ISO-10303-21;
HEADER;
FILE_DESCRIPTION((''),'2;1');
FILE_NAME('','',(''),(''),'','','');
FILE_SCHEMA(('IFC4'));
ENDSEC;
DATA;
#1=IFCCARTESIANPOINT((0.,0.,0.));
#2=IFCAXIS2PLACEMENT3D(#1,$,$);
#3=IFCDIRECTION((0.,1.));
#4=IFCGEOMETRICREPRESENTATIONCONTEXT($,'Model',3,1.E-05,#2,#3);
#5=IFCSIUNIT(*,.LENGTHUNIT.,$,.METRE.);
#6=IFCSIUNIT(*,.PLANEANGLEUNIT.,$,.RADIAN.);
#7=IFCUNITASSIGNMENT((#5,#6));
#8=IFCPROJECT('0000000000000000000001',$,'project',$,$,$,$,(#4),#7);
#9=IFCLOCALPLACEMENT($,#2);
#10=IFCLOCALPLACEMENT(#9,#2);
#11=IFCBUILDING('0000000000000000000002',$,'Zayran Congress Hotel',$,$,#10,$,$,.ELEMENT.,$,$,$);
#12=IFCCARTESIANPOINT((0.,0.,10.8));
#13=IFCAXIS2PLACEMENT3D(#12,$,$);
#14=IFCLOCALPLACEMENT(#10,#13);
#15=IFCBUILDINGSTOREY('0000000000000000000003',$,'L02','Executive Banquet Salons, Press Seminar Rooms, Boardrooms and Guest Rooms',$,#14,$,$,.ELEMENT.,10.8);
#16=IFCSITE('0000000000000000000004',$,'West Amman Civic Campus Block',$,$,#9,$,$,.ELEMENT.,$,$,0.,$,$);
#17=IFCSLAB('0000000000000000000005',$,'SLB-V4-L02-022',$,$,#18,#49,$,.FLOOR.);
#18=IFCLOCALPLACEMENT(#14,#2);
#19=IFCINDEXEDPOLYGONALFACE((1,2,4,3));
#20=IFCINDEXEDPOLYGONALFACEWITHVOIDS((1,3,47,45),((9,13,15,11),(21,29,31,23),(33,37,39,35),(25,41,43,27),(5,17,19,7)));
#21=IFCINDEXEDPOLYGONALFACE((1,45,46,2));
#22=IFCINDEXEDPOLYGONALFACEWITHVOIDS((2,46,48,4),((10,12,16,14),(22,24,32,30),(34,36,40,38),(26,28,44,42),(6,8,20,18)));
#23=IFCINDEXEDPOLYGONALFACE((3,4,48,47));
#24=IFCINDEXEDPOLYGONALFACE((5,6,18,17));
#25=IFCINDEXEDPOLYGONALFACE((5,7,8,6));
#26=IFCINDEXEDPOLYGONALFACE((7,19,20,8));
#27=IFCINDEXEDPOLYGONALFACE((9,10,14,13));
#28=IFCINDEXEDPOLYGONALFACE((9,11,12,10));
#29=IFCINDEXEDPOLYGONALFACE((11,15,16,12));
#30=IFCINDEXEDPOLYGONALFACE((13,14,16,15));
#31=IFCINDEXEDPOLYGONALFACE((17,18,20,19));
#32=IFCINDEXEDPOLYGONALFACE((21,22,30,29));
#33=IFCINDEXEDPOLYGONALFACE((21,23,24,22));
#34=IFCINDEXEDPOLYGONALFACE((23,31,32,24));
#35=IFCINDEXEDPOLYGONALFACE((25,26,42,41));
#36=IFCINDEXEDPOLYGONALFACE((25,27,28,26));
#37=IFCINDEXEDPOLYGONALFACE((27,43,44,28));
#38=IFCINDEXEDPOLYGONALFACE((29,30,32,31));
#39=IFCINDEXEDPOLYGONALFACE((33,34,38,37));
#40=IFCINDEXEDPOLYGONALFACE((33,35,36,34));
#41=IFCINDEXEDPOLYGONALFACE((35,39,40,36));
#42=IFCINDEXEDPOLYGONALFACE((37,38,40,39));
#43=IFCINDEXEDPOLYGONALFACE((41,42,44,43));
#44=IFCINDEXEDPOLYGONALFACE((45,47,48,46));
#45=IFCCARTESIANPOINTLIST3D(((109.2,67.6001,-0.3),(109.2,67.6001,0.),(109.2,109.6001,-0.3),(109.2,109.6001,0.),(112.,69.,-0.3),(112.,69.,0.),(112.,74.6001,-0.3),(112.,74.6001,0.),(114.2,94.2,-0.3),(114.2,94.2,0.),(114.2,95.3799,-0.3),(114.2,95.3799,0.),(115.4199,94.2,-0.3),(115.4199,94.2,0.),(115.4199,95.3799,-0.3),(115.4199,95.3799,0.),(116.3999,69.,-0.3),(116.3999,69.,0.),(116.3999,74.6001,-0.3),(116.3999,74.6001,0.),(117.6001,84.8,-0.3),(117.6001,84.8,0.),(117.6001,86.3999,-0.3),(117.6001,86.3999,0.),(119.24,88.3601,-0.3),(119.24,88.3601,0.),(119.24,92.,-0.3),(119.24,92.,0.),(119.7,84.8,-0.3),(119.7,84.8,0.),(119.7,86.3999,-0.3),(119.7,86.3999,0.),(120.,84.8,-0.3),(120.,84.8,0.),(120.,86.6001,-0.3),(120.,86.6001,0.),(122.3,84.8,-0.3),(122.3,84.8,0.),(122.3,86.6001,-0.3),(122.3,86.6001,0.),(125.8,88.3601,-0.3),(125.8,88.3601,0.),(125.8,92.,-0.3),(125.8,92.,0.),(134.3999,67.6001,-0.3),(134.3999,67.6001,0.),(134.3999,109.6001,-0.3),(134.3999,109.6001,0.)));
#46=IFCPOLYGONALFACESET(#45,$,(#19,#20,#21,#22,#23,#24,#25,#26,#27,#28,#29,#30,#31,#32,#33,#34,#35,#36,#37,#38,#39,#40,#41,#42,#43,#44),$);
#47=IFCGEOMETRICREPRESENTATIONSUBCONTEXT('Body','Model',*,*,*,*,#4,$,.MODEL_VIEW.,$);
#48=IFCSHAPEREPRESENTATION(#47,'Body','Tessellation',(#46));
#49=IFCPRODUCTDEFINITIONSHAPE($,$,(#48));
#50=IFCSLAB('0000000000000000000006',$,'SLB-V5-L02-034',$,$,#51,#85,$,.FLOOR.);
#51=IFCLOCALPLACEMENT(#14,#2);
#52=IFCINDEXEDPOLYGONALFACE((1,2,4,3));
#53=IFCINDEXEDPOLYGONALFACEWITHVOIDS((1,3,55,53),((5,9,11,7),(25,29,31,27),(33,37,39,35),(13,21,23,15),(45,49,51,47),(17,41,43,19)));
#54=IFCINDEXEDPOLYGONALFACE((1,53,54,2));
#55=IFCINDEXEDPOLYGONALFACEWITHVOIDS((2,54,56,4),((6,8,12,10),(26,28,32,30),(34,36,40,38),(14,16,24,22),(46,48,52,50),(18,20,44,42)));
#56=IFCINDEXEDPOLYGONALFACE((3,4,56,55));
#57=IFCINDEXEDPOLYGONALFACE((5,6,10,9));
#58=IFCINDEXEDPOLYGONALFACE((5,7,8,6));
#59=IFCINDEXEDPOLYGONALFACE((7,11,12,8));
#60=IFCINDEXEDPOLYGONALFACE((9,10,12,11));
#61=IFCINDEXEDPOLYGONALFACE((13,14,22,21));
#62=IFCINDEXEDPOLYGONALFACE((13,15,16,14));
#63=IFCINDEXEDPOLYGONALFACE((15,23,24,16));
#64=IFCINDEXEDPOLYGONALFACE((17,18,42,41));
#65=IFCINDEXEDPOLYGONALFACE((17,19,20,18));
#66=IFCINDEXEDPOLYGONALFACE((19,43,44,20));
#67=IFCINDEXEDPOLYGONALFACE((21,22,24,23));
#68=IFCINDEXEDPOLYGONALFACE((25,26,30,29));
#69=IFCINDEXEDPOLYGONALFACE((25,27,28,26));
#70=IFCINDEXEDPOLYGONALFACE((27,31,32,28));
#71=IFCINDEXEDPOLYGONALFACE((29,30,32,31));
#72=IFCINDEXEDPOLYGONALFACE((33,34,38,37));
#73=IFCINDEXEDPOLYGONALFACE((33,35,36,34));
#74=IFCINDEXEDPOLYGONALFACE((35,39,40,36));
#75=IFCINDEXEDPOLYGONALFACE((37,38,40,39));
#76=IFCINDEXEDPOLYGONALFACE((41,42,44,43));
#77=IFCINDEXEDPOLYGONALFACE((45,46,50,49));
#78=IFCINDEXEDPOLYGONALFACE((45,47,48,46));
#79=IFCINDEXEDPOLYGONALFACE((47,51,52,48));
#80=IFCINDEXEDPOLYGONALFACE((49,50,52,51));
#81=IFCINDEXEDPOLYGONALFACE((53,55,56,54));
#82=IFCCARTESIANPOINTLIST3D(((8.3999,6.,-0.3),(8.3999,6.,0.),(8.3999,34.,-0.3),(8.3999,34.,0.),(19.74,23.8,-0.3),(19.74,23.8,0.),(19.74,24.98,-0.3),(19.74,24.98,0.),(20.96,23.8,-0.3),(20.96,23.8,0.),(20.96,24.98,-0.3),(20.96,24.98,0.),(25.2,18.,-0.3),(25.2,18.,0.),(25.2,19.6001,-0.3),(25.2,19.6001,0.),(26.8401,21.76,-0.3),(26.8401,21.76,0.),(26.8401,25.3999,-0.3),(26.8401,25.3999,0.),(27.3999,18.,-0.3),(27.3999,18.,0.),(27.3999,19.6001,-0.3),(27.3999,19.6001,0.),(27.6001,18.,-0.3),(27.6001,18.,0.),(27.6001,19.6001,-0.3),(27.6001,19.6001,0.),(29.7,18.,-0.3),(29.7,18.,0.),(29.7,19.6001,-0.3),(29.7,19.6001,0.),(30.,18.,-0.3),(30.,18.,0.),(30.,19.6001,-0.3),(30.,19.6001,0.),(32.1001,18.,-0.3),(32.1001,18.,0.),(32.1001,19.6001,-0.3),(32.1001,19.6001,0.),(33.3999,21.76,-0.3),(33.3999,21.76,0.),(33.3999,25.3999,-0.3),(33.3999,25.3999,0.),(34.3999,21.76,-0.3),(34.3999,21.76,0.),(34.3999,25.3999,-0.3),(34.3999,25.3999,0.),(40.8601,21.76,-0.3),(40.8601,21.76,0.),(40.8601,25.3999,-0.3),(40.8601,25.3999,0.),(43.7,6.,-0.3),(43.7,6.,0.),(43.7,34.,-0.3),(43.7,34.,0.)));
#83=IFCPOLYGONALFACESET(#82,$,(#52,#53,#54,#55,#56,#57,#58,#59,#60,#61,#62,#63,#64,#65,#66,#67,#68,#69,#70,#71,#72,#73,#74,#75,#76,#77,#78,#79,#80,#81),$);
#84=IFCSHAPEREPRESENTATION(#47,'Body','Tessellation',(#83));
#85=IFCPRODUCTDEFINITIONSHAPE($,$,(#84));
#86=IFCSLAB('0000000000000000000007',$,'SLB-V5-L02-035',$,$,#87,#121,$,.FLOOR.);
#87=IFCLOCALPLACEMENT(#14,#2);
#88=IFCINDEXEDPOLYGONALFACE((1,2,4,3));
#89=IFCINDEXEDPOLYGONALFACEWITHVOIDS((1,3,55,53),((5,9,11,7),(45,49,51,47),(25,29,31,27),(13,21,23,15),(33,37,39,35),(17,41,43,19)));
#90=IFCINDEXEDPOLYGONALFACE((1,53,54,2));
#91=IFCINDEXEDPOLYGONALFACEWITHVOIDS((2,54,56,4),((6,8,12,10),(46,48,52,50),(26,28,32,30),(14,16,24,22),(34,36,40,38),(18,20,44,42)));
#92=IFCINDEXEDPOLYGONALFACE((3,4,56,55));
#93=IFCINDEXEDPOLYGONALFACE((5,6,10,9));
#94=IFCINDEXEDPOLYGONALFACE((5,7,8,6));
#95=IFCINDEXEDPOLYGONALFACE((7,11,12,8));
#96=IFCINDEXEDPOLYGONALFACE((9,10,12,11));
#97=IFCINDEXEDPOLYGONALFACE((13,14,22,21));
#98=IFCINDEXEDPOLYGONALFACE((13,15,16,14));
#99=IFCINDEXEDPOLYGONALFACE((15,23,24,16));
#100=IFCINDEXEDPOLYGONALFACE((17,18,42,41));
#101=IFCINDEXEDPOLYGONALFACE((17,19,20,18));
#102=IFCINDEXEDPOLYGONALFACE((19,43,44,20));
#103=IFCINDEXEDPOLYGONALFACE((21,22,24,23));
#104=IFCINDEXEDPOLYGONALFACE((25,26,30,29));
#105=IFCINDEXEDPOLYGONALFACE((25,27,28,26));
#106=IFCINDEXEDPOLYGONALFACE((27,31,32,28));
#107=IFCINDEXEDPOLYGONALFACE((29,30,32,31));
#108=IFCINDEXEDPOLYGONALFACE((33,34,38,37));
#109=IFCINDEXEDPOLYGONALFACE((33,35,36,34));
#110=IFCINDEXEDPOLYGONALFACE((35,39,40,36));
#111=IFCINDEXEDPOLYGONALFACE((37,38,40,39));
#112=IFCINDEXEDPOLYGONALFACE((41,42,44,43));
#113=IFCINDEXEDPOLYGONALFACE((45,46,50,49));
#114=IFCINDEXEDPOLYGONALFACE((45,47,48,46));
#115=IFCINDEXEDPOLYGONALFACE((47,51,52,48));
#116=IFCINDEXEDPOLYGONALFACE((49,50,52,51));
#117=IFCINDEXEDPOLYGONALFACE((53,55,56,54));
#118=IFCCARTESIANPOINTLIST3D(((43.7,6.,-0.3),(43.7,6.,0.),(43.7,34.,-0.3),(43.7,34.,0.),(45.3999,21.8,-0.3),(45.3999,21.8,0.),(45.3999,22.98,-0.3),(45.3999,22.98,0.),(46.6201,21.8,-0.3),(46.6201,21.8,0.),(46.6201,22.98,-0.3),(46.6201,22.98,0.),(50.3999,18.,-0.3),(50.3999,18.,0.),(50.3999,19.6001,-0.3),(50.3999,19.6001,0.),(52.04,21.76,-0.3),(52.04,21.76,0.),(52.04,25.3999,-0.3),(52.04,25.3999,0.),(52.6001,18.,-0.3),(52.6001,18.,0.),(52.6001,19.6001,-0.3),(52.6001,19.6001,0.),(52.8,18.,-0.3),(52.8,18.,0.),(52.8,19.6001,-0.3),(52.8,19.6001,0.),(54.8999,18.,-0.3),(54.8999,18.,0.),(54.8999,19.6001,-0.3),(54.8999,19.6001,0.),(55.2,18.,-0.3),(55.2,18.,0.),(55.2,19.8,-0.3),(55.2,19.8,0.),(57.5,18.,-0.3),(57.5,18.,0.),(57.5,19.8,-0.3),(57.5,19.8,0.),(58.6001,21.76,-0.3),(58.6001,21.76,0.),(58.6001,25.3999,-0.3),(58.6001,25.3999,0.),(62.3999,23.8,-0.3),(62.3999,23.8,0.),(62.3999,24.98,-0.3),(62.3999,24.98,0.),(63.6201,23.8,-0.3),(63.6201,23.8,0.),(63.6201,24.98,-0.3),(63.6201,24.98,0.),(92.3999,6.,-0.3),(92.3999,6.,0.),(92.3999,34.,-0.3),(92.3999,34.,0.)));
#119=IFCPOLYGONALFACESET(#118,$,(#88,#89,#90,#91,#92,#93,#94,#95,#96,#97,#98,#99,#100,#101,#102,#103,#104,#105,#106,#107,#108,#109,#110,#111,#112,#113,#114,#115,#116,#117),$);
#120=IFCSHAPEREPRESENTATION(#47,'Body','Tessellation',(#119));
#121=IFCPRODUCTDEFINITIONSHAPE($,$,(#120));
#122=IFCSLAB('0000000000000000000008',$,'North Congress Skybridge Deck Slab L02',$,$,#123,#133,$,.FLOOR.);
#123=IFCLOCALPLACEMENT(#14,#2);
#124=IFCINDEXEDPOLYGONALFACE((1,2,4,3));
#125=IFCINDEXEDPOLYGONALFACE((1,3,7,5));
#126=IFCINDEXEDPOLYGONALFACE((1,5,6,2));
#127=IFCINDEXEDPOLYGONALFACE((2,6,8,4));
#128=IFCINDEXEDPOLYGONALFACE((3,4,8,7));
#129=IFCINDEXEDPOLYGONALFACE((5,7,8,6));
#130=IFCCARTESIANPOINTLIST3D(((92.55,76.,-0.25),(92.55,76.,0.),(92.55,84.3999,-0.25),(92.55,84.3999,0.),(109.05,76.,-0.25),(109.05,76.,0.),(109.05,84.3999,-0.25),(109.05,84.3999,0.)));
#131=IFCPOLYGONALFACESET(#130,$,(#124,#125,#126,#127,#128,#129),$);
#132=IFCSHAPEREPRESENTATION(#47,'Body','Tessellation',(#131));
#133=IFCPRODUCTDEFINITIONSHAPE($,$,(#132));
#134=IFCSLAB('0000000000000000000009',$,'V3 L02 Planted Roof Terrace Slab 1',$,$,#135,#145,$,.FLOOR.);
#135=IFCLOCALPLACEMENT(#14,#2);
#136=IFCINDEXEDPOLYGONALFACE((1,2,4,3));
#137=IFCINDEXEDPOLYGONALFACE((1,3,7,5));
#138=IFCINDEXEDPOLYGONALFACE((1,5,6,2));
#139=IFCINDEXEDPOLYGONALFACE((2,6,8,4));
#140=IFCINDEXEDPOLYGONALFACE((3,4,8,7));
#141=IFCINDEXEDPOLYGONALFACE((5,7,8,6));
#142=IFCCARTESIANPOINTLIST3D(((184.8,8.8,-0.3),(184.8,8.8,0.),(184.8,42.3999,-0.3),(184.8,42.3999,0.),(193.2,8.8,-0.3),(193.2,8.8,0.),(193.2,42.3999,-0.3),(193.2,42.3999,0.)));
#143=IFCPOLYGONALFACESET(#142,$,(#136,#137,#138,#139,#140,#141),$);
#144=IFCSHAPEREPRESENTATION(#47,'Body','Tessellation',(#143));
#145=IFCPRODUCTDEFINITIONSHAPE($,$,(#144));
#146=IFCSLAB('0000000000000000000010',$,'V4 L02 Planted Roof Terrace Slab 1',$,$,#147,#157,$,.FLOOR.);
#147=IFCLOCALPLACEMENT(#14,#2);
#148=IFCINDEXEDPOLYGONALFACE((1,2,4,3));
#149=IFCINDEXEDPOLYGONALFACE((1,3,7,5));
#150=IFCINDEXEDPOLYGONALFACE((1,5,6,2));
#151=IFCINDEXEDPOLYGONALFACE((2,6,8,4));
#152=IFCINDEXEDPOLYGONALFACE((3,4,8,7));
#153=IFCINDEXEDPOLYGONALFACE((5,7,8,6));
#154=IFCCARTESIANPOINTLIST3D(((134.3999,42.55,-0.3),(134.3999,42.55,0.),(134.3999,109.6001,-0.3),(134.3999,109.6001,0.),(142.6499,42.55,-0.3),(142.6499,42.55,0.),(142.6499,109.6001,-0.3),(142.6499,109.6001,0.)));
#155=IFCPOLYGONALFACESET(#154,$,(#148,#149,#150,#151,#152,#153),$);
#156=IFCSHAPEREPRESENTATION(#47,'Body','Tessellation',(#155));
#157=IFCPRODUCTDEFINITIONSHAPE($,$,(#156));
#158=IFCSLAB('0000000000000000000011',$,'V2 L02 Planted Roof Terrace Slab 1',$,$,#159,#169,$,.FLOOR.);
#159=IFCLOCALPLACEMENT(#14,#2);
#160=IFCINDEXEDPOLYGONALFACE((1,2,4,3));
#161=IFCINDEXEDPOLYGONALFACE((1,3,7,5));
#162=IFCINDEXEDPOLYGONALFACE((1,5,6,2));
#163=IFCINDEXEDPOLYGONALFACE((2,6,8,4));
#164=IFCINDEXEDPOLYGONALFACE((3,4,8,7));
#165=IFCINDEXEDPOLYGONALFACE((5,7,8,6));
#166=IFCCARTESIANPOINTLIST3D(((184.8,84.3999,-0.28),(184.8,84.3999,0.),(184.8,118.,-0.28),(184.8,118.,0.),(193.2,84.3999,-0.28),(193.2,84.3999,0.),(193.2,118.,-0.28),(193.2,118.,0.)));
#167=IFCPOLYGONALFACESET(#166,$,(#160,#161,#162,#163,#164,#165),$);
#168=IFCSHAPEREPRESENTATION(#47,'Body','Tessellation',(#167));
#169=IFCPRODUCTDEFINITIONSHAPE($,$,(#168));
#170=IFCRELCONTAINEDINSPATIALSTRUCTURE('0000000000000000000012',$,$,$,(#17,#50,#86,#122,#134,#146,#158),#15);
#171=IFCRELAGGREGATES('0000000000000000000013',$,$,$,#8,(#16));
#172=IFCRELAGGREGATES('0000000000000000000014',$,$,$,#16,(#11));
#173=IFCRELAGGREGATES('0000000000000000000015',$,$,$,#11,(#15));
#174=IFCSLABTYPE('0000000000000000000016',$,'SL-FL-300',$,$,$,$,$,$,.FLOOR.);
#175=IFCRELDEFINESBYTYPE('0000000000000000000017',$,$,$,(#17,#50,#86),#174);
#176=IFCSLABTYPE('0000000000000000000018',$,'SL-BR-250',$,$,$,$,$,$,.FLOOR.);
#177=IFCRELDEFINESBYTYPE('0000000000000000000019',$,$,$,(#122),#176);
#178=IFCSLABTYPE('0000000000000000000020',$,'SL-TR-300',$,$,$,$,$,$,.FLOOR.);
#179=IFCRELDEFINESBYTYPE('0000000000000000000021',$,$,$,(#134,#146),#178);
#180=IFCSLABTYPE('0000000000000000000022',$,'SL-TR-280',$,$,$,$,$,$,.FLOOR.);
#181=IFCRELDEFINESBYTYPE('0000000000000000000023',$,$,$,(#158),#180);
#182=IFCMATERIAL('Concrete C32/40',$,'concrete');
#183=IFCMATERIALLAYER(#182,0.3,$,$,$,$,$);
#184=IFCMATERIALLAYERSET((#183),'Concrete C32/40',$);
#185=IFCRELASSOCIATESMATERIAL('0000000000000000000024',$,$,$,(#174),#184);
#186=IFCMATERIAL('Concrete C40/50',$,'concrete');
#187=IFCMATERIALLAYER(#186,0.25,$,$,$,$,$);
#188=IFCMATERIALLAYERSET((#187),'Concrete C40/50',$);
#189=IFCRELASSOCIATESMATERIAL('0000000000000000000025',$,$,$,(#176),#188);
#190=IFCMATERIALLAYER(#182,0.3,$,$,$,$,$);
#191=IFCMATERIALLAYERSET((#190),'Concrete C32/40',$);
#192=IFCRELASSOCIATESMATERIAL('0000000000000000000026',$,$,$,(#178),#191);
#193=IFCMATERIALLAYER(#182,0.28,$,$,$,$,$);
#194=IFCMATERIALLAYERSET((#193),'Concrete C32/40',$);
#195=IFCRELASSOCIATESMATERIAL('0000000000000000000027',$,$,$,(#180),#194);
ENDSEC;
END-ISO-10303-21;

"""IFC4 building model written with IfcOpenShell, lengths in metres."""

from ifc_helpers import new_model, si_unit, direction, frame, origin, place, context, subcontext, project, spatial, polyline, outline, extrude, material, layer, layer_set, type_object, element, save


model = new_model("IFC4")

# Units and contexts
model_context = context("Model", 3, precision=1e-05, world=origin(), true_north=direction((0.0, 1.0)))
body_context = subcontext(model_context, "Body", "Model", "MODEL_VIEW")
ifc_project = project(units=[si_unit("LENGTHUNIT", "METRE"), si_unit("PLANEANGLEUNIT", "RADIAN")], contexts=[model_context])

# Site, building, storey
site_placement = place(None, origin())
site = spatial("IfcSite", under=ifc_project, at=site_placement, Name="West Amman Civic Campus Block", CompositionType="ELEMENT", RefElevation=0.0)
building_placement = place(site_placement, origin())
building = spatial("IfcBuilding", under=site, at=building_placement, Name="Zayran Congress Hotel", CompositionType="ELEMENT")
storey_placement = place(building_placement, frame((0.0, 0.0, 10.8)))
storey = spatial("IfcBuildingStorey", under=building, at=storey_placement, Name="L02", Description="Executive Banquet Salons, Press Seminar Rooms, Boardrooms and Guest Rooms", CompositionType="ELEMENT", Elevation=10.8)

# Slabs
ifc_material_1 = material(Name="Concrete C32/40", Category="concrete")
ifc_layer_1 = layer(ifc_material_1, 0.3)
ifc_layer_set_1 = layer_set([ifc_layer_1], Name="Concrete C32/40")
slab_type_1 = type_object("IfcSlabType", Name="SL-FL-300", PredefinedType="FLOOR", material=ifc_layer_set_1)
slab_1_placement = place(storey_placement, frame((0.0, 0.0, -0.3)))
element("IfcSlab", 1, at=slab_1_placement, inside=storey, type_object=slab_type_1, Name="SLB-V4-L02-022", PredefinedType="FLOOR", context=body_context, shape_type="SweptSolid", body=[
    extrude(outline(polyline([(109.2, 67.6001), (134.3999, 67.6001), (134.3999, 109.6001), (109.2, 109.6001), (109.2, 67.6001)]), holes=[polyline([(119.24, 88.3601), (125.8, 88.3601), (125.8, 92.0), (119.24, 92.0), (119.24, 88.3601)]), polyline([(117.6001, 84.8), (119.7, 84.8), (119.7, 86.3999), (117.6001, 86.3999), (117.6001, 84.8)]), polyline([(120.0, 84.8), (122.3, 84.8), (122.3, 86.6001), (120.0, 86.6001), (120.0, 84.8)]), polyline([(112.0, 69.0), (116.3999, 69.0), (116.3999, 74.6001), (112.0, 74.6001), (112.0, 69.0)]), polyline([(114.2, 94.2), (115.4199, 94.2), (115.4199, 95.3799), (114.2, 95.3799), (114.2, 94.2)])]), origin(), (0.0, 0.0, 1.0), 0.3),
])
slab_2_placement = place(storey_placement, frame((0.0, 0.0, -0.3)))
element("IfcSlab", 2, at=slab_2_placement, inside=storey, type_object=slab_type_1, Name="SLB-V5-L02-034", PredefinedType="FLOOR", context=body_context, shape_type="SweptSolid", body=[
    extrude(outline(polyline([(8.3999, 6.0), (43.7, 6.0), (43.7, 34.0), (8.3999, 34.0), (8.3999, 6.0)]), holes=[polyline([(26.8401, 21.76), (33.3999, 21.76), (33.3999, 25.3999), (26.8401, 25.3999), (26.8401, 21.76)]), polyline([(25.2, 18.0), (27.3999, 18.0), (27.3999, 19.6001), (25.2, 19.6001), (25.2, 18.0)]), polyline([(27.6001, 18.0), (29.7, 18.0), (29.7, 19.6001), (27.6001, 19.6001), (27.6001, 18.0)]), polyline([(30.0, 18.0), (32.1001, 18.0), (32.1001, 19.6001), (30.0, 19.6001), (30.0, 18.0)]), polyline([(34.3999, 21.76), (40.8601, 21.76), (40.8601, 25.3999), (34.3999, 25.3999), (34.3999, 21.76)]), polyline([(19.74, 23.8), (20.96, 23.8), (20.96, 24.98), (19.74, 24.98), (19.74, 23.8)])]), origin(), (0.0, 0.0, 1.0), 0.3),
])
slab_3_placement = place(storey_placement, frame((0.0, 0.0, -0.3)))
element("IfcSlab", 3, at=slab_3_placement, inside=storey, type_object=slab_type_1, Name="SLB-V5-L02-035", PredefinedType="FLOOR", context=body_context, shape_type="SweptSolid", body=[
    extrude(outline(polyline([(43.7, 6.0), (92.3999, 6.0), (92.3999, 34.0), (43.7, 34.0), (43.7, 6.0)]), holes=[polyline([(52.04, 21.76), (58.6001, 21.76), (58.6001, 25.3999), (52.04, 25.3999), (52.04, 21.76)]), polyline([(50.3999, 18.0), (52.6001, 18.0), (52.6001, 19.6001), (50.3999, 19.6001), (50.3999, 18.0)]), polyline([(52.8, 18.0), (54.8999, 18.0), (54.8999, 19.6001), (52.8, 19.6001), (52.8, 18.0)]), polyline([(55.2, 18.0), (57.5, 18.0), (57.5, 19.8), (55.2, 19.8), (55.2, 18.0)]), polyline([(45.3999, 21.8), (46.6201, 21.8), (46.6201, 22.98), (45.3999, 22.98), (45.3999, 21.8)]), polyline([(62.3999, 23.8), (63.6201, 23.8), (63.6201, 24.98), (62.3999, 24.98), (62.3999, 23.8)])]), origin(), (0.0, 0.0, 1.0), 0.3),
])
ifc_material_2 = material(Name="Concrete C40/50", Category="concrete")
ifc_layer_2 = layer(ifc_material_2, 0.25)
ifc_layer_set_2 = layer_set([ifc_layer_2], Name="Concrete C40/50")
slab_type_2 = type_object("IfcSlabType", Name="SL-BR-250", PredefinedType="FLOOR", material=ifc_layer_set_2)
slab_4_placement = place(storey_placement, frame((0.0, 0.0, -0.25)))
element("IfcSlab", 4, at=slab_4_placement, inside=storey, type_object=slab_type_2, Name="North Congress Skybridge Deck Slab L02", PredefinedType="FLOOR", context=body_context, shape_type="SweptSolid", body=[
    extrude(outline(polyline([(92.55, 76.0), (109.05, 76.0), (109.05, 84.3999), (92.55, 84.3999), (92.55, 76.0)])), origin(), (0.0, 0.0, 1.0), 0.25),
])
ifc_layer_3 = layer(ifc_material_1, 0.3)
ifc_layer_set_3 = layer_set([ifc_layer_3], Name="Concrete C32/40")
slab_type_3 = type_object("IfcSlabType", Name="SL-TR-300", PredefinedType="FLOOR", material=ifc_layer_set_3)
slab_5_placement = place(storey_placement, frame((0.0, 0.0, -0.3)))
element("IfcSlab", 5, at=slab_5_placement, inside=storey, type_object=slab_type_3, Name="V3 L02 Planted Roof Terrace Slab 1", PredefinedType="FLOOR", context=body_context, shape_type="SweptSolid", body=[
    extrude(outline(polyline([(184.8, 8.8), (193.2, 8.8), (193.2, 42.3999), (184.8, 42.3999), (184.8, 8.8)])), origin(), (0.0, 0.0, 1.0), 0.3),
])
slab_6_placement = place(storey_placement, frame((0.0, 0.0, -0.3)))
element("IfcSlab", 6, at=slab_6_placement, inside=storey, type_object=slab_type_3, Name="V4 L02 Planted Roof Terrace Slab 1", PredefinedType="FLOOR", context=body_context, shape_type="SweptSolid", body=[
    extrude(outline(polyline([(134.3999, 42.55), (142.6499, 42.55), (142.6499, 109.6001), (134.3999, 109.6001), (134.3999, 42.55)])), origin(), (0.0, 0.0, 1.0), 0.3),
])
ifc_layer_4 = layer(ifc_material_1, 0.28)
ifc_layer_set_4 = layer_set([ifc_layer_4], Name="Concrete C32/40")
slab_type_4 = type_object("IfcSlabType", Name="SL-TR-280", PredefinedType="FLOOR", material=ifc_layer_set_4)
slab_7_placement = place(storey_placement, frame((0.0, 0.0, -0.28)))
element("IfcSlab", 7, at=slab_7_placement, inside=storey, type_object=slab_type_4, Name="V2 L02 Planted Roof Terrace Slab 1", PredefinedType="FLOOR", context=body_context, shape_type="SweptSolid", body=[
    extrude(outline(polyline([(184.8, 84.3999), (193.2, 84.3999), (193.2, 118.0), (184.8, 118.0), (184.8, 84.3999)])), origin(), (0.0, 0.0, 1.0), 0.28),
])

save(model, "model.ifc")
